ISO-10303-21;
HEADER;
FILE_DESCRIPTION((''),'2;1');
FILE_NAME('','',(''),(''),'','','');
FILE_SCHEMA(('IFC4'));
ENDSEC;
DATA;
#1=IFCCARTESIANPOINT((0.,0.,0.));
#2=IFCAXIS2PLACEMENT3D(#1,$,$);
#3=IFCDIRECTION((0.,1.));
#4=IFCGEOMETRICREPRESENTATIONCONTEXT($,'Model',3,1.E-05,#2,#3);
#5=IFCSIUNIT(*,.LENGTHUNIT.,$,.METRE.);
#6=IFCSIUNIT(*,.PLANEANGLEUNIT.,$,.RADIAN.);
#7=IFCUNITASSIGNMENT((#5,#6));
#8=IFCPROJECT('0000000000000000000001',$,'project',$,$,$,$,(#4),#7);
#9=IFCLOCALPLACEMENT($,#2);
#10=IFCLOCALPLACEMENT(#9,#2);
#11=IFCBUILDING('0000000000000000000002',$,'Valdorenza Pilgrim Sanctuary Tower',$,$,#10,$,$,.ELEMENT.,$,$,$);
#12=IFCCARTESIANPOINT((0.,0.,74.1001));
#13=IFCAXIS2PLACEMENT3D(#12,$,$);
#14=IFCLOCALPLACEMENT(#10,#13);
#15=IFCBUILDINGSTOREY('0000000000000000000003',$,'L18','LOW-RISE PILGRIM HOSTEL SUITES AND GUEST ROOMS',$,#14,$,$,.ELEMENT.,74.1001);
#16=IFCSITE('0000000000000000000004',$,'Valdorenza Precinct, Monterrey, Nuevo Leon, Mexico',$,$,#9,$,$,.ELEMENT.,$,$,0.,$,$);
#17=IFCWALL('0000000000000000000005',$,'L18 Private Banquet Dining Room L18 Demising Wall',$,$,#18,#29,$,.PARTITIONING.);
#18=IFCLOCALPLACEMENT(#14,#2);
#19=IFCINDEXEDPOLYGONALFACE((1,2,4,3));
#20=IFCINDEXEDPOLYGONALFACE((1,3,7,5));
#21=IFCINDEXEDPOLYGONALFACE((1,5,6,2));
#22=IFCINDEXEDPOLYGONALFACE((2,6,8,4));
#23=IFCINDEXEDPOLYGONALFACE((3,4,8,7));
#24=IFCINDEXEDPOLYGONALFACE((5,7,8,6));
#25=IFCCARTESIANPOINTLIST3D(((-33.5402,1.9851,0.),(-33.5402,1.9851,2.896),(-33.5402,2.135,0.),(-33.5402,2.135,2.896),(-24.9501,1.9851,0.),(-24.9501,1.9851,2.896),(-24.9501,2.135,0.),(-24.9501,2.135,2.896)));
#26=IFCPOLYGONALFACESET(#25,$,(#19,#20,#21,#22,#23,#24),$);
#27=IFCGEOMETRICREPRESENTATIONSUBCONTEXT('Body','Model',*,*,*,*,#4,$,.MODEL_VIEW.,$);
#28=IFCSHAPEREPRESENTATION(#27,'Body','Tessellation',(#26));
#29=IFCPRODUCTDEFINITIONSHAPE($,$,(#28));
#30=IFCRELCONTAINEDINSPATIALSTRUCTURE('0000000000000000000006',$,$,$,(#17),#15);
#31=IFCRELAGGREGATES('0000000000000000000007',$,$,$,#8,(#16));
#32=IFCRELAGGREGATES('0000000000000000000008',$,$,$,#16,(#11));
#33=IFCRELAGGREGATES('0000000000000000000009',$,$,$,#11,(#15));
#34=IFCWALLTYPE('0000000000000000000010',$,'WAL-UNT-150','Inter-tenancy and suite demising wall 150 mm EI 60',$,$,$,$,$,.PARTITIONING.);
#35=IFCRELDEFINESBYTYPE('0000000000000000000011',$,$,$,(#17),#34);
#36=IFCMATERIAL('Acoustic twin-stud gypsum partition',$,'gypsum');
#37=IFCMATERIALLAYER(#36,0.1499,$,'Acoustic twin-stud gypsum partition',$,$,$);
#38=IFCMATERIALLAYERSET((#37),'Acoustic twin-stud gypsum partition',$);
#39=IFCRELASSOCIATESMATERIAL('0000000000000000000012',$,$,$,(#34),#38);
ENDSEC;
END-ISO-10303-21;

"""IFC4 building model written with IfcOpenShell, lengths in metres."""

from ifc_helpers import new_model, si_unit, direction, frame, frame_2d, origin, place, context, subcontext, project, spatial, rectangle, extrude, material, layer, layer_set, type_object, element, save


model = new_model("IFC4")

# Units and contexts
model_context = context("Model", 3, precision=1e-05, world=origin(), true_north=direction((0.0, 1.0)))
body_context = subcontext(model_context, "Body", "Model", "MODEL_VIEW")
ifc_project = project(units=[si_unit("LENGTHUNIT", "METRE"), si_unit("PLANEANGLEUNIT", "RADIAN")], contexts=[model_context])

# Site, building, storey
site_placement = place(None, origin())
site = spatial("IfcSite", under=ifc_project, at=site_placement, Name="Valdorenza Precinct, Monterrey, Nuevo Leon, Mexico", CompositionType="ELEMENT", RefElevation=0.0)
building_placement = place(site_placement, origin())
building = spatial("IfcBuilding", under=site, at=building_placement, Name="Valdorenza Pilgrim Sanctuary Tower", CompositionType="ELEMENT")
storey_placement = place(building_placement, frame((0.0, 0.0, 74.1001)))
storey = spatial("IfcBuildingStorey", under=building, at=storey_placement, Name="L18", Description="LOW-RISE PILGRIM HOSTEL SUITES AND GUEST ROOMS", CompositionType="ELEMENT", Elevation=74.1001)

# Shared definitions
ifc_material_1 = material(Name="Acoustic twin-stud gypsum partition", Category="gypsum")

# Wall
ifc_layer_1 = layer(ifc_material_1, 0.1499, Name="Acoustic twin-stud gypsum partition")
ifc_layer_set_1 = layer_set([ifc_layer_1], Name="Acoustic twin-stud gypsum partition")
wall_type_1 = type_object("IfcWallType", Name="WAL-UNT-150", Description="Inter-tenancy and suite demising wall 150 mm EI 60", PredefinedType="PARTITIONING", material=ifc_layer_set_1)
wall_1_placement = place(storey_placement, frame((-33.54, 2.0601, 0.0), z_axis=(0.0, 0.0, 1.0), x_axis=(1.0, 0.0, 0.0)))
element("IfcWall", 1, at=wall_1_placement, inside=storey, type_object=wall_type_1, Name="L18 Private Banquet Dining Room L18 Demising Wall", PredefinedType="PARTITIONING", context=body_context, shape_type="SweptSolid", body=[
    extrude(rectangle(XDim=8.5901, YDim=0.1499, at=frame_2d((4.2949, 0.0))), origin(), (0.0, 0.0, 1.0), 2.896),
])

save(model, "model.ifc")
